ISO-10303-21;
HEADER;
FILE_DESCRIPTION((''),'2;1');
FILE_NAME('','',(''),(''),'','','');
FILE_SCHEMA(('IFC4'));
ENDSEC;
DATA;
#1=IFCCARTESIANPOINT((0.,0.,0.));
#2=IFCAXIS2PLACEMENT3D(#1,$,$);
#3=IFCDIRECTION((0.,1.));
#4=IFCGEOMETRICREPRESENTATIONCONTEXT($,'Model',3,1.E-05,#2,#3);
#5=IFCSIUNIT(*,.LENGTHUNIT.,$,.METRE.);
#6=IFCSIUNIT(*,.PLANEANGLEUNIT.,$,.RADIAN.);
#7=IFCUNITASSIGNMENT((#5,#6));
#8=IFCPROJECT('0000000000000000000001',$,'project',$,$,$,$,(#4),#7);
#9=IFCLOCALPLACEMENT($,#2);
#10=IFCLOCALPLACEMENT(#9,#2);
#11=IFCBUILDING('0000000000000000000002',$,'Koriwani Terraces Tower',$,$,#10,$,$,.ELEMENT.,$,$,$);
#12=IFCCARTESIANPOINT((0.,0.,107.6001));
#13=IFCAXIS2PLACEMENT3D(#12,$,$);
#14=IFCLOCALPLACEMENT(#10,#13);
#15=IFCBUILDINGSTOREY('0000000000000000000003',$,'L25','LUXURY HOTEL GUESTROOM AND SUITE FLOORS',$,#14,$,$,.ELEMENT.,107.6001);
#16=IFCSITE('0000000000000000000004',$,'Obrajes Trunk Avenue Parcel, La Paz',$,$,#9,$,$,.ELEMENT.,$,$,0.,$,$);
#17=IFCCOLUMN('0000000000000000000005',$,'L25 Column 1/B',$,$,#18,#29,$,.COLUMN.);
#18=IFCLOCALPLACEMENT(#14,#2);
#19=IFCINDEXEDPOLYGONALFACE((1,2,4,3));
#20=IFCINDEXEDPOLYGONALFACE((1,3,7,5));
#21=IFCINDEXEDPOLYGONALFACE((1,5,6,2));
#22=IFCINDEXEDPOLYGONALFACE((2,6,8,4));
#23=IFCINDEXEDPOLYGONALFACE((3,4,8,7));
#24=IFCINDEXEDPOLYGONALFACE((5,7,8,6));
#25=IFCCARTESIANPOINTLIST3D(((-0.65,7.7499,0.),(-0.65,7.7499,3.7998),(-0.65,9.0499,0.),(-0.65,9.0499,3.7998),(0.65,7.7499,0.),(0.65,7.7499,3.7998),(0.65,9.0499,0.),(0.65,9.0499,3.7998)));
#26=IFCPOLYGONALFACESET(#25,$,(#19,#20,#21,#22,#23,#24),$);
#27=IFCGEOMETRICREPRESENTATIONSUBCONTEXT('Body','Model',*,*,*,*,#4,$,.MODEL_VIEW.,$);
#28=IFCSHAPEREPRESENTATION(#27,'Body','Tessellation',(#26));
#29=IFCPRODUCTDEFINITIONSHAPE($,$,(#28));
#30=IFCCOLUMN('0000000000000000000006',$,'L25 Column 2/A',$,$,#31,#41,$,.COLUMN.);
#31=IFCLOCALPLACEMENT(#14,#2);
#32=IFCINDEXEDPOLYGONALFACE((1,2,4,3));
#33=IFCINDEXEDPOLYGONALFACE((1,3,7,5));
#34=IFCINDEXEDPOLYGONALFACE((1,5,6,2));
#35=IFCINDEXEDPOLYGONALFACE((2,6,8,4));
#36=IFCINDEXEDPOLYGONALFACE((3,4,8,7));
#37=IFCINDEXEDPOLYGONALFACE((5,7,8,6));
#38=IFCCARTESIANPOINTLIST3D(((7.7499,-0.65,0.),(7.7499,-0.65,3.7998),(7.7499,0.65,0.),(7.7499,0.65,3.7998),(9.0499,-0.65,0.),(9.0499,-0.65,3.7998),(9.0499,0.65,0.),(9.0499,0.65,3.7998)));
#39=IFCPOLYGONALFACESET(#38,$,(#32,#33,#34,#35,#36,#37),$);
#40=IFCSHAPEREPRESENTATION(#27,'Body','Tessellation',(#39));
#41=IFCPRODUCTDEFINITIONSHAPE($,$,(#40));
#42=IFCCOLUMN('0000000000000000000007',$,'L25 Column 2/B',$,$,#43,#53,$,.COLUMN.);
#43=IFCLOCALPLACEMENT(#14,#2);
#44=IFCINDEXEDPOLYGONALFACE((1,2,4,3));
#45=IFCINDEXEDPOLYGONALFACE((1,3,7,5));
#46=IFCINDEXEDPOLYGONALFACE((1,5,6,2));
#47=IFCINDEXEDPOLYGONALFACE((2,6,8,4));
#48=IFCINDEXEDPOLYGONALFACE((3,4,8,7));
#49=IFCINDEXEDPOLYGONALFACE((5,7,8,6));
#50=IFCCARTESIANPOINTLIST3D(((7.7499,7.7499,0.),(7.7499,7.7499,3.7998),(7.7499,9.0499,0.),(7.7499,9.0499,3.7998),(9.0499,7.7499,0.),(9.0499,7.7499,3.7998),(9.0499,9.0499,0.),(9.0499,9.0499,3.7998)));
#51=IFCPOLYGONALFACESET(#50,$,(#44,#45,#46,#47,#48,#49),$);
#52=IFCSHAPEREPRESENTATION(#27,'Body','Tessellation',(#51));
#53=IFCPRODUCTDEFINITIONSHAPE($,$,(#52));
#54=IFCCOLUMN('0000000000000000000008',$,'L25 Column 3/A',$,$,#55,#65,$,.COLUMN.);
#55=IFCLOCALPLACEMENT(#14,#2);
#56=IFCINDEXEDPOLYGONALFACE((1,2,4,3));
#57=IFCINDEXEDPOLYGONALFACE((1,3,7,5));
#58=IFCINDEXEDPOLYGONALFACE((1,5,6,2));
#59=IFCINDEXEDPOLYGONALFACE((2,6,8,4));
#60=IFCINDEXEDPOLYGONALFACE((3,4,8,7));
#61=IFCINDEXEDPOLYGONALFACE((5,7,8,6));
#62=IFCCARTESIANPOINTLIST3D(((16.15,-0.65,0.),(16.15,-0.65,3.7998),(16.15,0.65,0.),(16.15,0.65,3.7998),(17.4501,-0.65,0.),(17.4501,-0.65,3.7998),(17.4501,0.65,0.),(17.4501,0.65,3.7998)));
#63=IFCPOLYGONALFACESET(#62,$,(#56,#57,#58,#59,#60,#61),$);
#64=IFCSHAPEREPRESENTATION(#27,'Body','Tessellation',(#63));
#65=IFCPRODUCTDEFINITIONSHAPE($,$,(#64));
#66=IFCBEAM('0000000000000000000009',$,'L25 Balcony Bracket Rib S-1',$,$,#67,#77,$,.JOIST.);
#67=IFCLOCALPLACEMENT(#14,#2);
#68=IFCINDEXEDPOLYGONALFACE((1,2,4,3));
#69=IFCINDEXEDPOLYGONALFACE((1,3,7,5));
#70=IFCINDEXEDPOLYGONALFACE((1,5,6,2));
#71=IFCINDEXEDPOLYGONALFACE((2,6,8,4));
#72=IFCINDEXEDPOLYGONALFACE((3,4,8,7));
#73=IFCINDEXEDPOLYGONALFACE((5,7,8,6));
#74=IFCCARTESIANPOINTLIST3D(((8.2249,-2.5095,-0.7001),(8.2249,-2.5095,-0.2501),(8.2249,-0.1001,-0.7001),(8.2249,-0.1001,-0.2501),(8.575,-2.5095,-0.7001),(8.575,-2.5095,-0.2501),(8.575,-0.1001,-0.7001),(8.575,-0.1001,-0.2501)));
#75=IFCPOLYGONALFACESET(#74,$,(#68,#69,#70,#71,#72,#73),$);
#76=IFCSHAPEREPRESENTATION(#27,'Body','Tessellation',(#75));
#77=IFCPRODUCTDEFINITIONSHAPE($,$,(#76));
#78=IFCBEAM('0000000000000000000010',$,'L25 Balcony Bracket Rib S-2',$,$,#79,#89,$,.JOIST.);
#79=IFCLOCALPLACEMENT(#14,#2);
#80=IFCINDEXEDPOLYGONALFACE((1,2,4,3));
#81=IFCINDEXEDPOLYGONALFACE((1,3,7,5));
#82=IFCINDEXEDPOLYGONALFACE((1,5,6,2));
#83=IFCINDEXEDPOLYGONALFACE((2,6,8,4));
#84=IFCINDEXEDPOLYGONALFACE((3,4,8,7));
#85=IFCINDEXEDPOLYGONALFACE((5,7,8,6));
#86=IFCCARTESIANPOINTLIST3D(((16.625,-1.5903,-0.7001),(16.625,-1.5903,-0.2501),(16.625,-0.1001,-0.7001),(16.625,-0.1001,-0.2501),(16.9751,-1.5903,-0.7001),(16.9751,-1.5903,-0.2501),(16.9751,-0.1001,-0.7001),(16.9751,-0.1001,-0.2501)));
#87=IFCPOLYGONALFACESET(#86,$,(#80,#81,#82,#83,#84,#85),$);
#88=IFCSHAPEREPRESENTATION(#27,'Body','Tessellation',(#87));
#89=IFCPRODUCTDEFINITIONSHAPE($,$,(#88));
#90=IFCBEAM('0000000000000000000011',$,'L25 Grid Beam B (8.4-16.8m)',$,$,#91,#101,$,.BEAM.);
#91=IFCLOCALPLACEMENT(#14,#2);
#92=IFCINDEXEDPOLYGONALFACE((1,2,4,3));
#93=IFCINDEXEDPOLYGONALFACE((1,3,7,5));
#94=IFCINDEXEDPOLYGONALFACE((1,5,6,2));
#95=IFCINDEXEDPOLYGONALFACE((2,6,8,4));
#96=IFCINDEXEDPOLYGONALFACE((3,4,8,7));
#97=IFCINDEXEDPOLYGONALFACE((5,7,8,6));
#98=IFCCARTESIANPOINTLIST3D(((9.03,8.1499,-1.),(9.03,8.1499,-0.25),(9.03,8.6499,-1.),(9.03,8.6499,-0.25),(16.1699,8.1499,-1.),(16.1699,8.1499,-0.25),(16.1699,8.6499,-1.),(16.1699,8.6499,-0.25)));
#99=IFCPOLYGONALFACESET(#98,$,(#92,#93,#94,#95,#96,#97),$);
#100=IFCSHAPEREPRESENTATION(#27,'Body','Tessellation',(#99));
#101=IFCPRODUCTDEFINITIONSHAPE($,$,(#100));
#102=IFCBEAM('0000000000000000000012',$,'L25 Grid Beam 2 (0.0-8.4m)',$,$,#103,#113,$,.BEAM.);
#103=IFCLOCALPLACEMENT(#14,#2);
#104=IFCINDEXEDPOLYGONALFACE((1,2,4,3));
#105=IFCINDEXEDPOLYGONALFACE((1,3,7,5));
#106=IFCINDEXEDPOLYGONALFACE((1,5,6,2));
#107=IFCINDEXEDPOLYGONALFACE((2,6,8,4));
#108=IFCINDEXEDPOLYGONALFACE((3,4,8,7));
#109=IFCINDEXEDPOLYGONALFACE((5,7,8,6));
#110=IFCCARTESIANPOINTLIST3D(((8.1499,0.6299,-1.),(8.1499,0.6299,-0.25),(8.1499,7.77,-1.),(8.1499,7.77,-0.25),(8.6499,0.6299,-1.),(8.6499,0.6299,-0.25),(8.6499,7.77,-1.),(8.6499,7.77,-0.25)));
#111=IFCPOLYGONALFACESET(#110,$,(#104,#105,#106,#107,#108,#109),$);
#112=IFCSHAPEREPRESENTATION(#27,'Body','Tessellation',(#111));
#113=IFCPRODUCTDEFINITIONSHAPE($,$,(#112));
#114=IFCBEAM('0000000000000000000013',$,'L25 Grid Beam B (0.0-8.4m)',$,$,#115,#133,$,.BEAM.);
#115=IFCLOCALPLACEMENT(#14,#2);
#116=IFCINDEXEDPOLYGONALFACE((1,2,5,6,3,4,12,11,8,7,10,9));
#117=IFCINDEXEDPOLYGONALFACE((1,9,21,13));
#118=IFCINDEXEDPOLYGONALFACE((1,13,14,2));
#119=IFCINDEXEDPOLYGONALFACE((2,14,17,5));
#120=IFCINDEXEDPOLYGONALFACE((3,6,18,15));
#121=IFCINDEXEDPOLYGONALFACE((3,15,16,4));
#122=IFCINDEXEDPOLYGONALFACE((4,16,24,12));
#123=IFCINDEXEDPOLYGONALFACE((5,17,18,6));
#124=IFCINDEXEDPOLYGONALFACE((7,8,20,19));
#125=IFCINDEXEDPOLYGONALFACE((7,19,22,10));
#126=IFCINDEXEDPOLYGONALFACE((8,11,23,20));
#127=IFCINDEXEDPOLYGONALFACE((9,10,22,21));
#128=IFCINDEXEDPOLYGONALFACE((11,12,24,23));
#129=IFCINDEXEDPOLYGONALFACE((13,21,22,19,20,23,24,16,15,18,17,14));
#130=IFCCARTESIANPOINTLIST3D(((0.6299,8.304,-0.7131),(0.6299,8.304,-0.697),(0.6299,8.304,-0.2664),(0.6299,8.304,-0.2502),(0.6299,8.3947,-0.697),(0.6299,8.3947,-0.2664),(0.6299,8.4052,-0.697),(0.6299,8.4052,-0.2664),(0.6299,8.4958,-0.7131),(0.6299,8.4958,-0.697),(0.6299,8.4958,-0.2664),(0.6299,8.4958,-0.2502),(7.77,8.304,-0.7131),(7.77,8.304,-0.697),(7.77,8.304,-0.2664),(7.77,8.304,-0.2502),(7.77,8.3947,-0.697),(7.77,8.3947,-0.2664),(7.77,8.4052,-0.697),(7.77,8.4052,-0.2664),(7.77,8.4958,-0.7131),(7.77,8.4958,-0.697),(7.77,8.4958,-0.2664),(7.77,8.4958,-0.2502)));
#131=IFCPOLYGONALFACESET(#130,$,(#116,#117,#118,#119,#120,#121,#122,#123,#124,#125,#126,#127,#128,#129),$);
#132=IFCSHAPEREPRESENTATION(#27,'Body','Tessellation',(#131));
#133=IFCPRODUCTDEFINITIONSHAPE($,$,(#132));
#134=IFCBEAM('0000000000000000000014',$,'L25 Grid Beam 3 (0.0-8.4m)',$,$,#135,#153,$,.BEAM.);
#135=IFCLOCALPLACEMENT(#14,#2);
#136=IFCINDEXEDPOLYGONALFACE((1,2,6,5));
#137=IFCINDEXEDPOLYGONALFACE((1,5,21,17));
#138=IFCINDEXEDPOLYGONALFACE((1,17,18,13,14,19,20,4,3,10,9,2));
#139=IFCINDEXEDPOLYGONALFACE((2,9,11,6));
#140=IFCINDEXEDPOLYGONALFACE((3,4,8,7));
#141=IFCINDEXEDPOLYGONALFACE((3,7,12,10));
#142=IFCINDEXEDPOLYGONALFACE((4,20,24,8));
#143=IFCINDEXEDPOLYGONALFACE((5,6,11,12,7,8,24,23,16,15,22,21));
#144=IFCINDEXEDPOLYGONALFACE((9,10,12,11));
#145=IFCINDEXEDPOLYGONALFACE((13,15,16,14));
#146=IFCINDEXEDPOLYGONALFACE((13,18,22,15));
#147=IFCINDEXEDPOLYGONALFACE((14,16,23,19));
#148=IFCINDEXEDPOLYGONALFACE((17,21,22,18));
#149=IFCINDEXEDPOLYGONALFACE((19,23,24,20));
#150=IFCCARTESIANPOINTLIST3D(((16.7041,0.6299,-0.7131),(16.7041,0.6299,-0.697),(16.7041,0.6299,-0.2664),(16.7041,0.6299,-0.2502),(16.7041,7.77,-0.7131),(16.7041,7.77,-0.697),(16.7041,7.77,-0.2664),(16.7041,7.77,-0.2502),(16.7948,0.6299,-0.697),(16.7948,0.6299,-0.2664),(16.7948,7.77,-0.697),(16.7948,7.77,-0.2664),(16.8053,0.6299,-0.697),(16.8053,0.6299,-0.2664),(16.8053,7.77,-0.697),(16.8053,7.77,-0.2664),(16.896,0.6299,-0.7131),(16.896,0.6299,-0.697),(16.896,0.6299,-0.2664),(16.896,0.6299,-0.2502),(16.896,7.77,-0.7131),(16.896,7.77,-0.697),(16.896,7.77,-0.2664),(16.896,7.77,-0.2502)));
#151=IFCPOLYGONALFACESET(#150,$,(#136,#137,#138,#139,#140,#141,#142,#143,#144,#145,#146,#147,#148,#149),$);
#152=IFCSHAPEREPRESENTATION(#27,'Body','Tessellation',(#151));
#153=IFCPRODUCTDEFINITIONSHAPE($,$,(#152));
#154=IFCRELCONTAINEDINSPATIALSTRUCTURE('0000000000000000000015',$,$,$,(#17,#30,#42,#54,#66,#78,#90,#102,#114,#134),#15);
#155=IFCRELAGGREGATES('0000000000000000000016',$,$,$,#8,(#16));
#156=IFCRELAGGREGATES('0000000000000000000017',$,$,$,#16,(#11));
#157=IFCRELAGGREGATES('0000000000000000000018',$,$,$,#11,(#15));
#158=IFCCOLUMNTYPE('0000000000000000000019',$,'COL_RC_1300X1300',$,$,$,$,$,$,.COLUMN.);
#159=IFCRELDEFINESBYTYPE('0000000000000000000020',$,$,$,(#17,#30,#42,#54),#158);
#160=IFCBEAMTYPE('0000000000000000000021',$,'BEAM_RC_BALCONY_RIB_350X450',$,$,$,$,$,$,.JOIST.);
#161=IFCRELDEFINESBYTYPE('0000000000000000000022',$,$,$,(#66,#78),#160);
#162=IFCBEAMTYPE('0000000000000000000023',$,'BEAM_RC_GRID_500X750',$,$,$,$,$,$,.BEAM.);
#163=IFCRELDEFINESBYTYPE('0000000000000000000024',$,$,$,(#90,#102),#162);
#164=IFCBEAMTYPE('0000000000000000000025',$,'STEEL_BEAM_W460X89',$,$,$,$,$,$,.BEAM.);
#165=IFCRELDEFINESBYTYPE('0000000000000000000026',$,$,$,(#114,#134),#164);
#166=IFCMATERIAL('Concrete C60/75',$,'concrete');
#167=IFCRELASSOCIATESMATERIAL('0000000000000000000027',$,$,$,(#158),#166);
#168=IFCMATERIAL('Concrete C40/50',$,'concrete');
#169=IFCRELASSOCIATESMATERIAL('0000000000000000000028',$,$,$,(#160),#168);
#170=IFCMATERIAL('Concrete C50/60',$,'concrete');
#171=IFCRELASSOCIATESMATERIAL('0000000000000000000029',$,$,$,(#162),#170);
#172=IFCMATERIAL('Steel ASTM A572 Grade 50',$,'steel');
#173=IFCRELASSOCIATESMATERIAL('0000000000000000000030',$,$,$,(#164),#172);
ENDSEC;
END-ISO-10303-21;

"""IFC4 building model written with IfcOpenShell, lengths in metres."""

from ifc_helpers import new_model, si_unit, direction, frame, origin, origin_2d, place, context, subcontext, project, spatial, rectangle, i_section, extrude, material, material_profile, profile_set, type_object, element, save


model = new_model("IFC4")

# Units and contexts
model_context = context("Model", 3, precision=1e-05, world=origin(), true_north=direction((0.0, 1.0)))
body_context = subcontext(model_context, "Body", "Model", "MODEL_VIEW")
ifc_project = project(units=[si_unit("LENGTHUNIT", "METRE"), si_unit("PLANEANGLEUNIT", "RADIAN")], contexts=[model_context])

# Site, building, storey
site_placement = place(None, origin())
site = spatial("IfcSite", under=ifc_project, at=site_placement, Name="Obrajes Trunk Avenue Parcel, La Paz", CompositionType="ELEMENT", RefElevation=0.0)
building_placement = place(site_placement, origin())
building = spatial("IfcBuilding", under=site, at=building_placement, Name="Koriwani Terraces Tower", CompositionType="ELEMENT")
storey_placement = place(building_placement, frame((0.0, 0.0, 107.6001)))
storey = spatial("IfcBuildingStorey", under=building, at=storey_placement, Name="L25", Description="LUXURY HOTEL GUESTROOM AND SUITE FLOORS", CompositionType="ELEMENT", Elevation=107.6001)

# Columns
ifc_material_1 = material(Name="Concrete C60/75", Category="concrete")
ifc_material_profile_1 = material_profile(ifc_material_1, rectangle(XDim=1.3, YDim=1.3, at=origin_2d()), Name="Concrete C60/75", Category="LoadBearing")
ifc_profile_set_1 = profile_set([ifc_material_profile_1], Name="Concrete C60/75")
column_type = type_object("IfcColumnType", Name="COL_RC_1300X1300", PredefinedType="COLUMN", material=ifc_profile_set_1)
for number, where, z_axis, x_axis, name in (
    (1, (0.0, 8.3999, 0.0), (0.0, 0.0, 1.0), (1.0, 0.0, 0.0), "L25 Column 1/B"),
    (2, (8.3999, 0.0, 0.0), (0.0, 0.0, 1.0), (1.0, 0.0, 0.0), "L25 Column 2/A"),
    (3, (8.3999, 8.3999, 0.0), (0.0, 0.0, 1.0), (1.0, 0.0, 0.0), "L25 Column 2/B"),
    (4, (16.8, 0.0, 0.0), (0.0, 0.0, 1.0), (1.0, 0.0, 0.0), "L25 Column 3/A"),
):
    element("IfcColumn", number, at=place(storey_placement, frame(where, z_axis=z_axis, x_axis=x_axis)), inside=storey, type_object=column_type, Name=name, PredefinedType="COLUMN", context=body_context, shape_type="SweptSolid", body=[
        extrude(rectangle(XDim=1.3, YDim=1.3, at=origin_2d()), origin(), (0.0, 0.0, 1.0), 3.7998),
    ])

# Beams
ifc_material_2 = material(Name="Concrete C40/50", Category="concrete")
ifc_material_profile_2 = material_profile(ifc_material_2, rectangle(XDim=0.3501, YDim=0.45, at=origin_2d()), Name="Concrete C40/50", Category="LoadBearing")
ifc_profile_set_2 = profile_set([ifc_material_profile_2], Name="Concrete C40/50")
beam_type_1 = type_object("IfcBeamType", Name="BEAM_RC_BALCONY_RIB_350X450", PredefinedType="JOIST", material=ifc_profile_set_2)
beam_1_placement = place(storey_placement, frame((8.3999, -2.5095, -0.4751), z_axis=(0.0, 1.0, 0.0), x_axis=(-1.0, 0.0, 0.0)))
element("IfcBeam", 5, at=beam_1_placement, inside=storey, type_object=beam_type_1, Name="L25 Balcony Bracket Rib S-1", PredefinedType="JOIST", context=body_context, shape_type="SweptSolid", body=[
    extrude(rectangle(XDim=0.3501, YDim=0.45, at=origin_2d()), origin(), (0.0, 0.0, 1.0), 2.4094),
])
beam_2_placement = place(storey_placement, frame((16.8, -1.5903, -0.4751), z_axis=(0.0, 1.0, 0.0), x_axis=(-1.0, 0.0, 0.0)))
element("IfcBeam", 6, at=beam_2_placement, inside=storey, type_object=beam_type_1, Name="L25 Balcony Bracket Rib S-2", PredefinedType="JOIST", context=body_context, shape_type="SweptSolid", body=[
    extrude(rectangle(XDim=0.3501, YDim=0.45, at=origin_2d()), origin(), (0.0, 0.0, 1.0), 1.4902),
])
ifc_material_3 = material(Name="Concrete C50/60", Category="concrete")
ifc_material_profile_3 = material_profile(ifc_material_3, rectangle(XDim=0.5, YDim=0.75, at=origin_2d()), Name="Concrete C50/60", Category="LoadBearing")
ifc_profile_set_3 = profile_set([ifc_material_profile_3], Name="Concrete C50/60")
beam_type_2 = type_object("IfcBeamType", Name="BEAM_RC_GRID_500X750", PredefinedType="BEAM", material=ifc_profile_set_3)
beam_3_placement = place(storey_placement, frame((9.03, 8.3999, -0.625), z_axis=(1.0, 0.0, 0.0), x_axis=(0.0, 1.0, 0.0)))
element("IfcBeam", 7, at=beam_3_placement, inside=storey, type_object=beam_type_2, Name="L25 Grid Beam B (8.4-16.8m)", PredefinedType="BEAM", context=body_context, shape_type="SweptSolid", body=[
    extrude(rectangle(XDim=0.5, YDim=0.75, at=origin_2d()), origin(), (0.0, 0.0, 1.0), 7.1399),
])
beam_4_placement = place(storey_placement, frame((8.3999, 0.6299, -0.625), z_axis=(0.0, 1.0, 0.0), x_axis=(-1.0, 0.0, 0.0)))
element("IfcBeam", 8, at=beam_4_placement, inside=storey, type_object=beam_type_2, Name="L25 Grid Beam 2 (0.0-8.4m)", PredefinedType="BEAM", context=body_context, shape_type="SweptSolid", body=[
    extrude(rectangle(XDim=0.5, YDim=0.75, at=origin_2d()), origin(), (0.0, 0.0, 1.0), 7.1401),
])
ifc_material_4 = material(Name="Steel ASTM A572 Grade 50", Category="steel")
ifc_material_profile_4 = material_profile(ifc_material_4, i_section(OverallWidth=0.1919, OverallDepth=0.4629, WebThickness=0.0105, FlangeThickness=0.0161, at=origin_2d()), Name="Steel ASTM A572 Grade 50", Category="LoadBearing")
ifc_profile_set_4 = profile_set([ifc_material_profile_4], Name="Steel ASTM A572 Grade 50")
beam_type_3 = type_object("IfcBeamType", Name="STEEL_BEAM_W460X89", PredefinedType="BEAM", material=ifc_profile_set_4)
for number, where, z_axis, x_axis, name in (
    (9, (0.6299, 8.3999, -0.4817), (1.0, 0.0, 0.0), (0.0, 1.0, 0.0), "L25 Grid Beam B (0.0-8.4m)"),
    (10, (16.8, 0.6299, -0.4817), (0.0, 1.0, 0.0), (-1.0, 0.0, 0.0), "L25 Grid Beam 3 (0.0-8.4m)"),
):
    element("IfcBeam", number, at=place(storey_placement, frame(where, z_axis=z_axis, x_axis=x_axis)), inside=storey, type_object=beam_type_3, Name=name, PredefinedType="BEAM", context=body_context, shape_type="SweptSolid", body=[
        extrude(i_section(OverallWidth=0.1919, OverallDepth=0.4629, WebThickness=0.0105, FlangeThickness=0.0161, at=origin_2d()), origin(), (0.0, 0.0, 1.0), 7.1401),
    ])

save(model, "model.ifc")
